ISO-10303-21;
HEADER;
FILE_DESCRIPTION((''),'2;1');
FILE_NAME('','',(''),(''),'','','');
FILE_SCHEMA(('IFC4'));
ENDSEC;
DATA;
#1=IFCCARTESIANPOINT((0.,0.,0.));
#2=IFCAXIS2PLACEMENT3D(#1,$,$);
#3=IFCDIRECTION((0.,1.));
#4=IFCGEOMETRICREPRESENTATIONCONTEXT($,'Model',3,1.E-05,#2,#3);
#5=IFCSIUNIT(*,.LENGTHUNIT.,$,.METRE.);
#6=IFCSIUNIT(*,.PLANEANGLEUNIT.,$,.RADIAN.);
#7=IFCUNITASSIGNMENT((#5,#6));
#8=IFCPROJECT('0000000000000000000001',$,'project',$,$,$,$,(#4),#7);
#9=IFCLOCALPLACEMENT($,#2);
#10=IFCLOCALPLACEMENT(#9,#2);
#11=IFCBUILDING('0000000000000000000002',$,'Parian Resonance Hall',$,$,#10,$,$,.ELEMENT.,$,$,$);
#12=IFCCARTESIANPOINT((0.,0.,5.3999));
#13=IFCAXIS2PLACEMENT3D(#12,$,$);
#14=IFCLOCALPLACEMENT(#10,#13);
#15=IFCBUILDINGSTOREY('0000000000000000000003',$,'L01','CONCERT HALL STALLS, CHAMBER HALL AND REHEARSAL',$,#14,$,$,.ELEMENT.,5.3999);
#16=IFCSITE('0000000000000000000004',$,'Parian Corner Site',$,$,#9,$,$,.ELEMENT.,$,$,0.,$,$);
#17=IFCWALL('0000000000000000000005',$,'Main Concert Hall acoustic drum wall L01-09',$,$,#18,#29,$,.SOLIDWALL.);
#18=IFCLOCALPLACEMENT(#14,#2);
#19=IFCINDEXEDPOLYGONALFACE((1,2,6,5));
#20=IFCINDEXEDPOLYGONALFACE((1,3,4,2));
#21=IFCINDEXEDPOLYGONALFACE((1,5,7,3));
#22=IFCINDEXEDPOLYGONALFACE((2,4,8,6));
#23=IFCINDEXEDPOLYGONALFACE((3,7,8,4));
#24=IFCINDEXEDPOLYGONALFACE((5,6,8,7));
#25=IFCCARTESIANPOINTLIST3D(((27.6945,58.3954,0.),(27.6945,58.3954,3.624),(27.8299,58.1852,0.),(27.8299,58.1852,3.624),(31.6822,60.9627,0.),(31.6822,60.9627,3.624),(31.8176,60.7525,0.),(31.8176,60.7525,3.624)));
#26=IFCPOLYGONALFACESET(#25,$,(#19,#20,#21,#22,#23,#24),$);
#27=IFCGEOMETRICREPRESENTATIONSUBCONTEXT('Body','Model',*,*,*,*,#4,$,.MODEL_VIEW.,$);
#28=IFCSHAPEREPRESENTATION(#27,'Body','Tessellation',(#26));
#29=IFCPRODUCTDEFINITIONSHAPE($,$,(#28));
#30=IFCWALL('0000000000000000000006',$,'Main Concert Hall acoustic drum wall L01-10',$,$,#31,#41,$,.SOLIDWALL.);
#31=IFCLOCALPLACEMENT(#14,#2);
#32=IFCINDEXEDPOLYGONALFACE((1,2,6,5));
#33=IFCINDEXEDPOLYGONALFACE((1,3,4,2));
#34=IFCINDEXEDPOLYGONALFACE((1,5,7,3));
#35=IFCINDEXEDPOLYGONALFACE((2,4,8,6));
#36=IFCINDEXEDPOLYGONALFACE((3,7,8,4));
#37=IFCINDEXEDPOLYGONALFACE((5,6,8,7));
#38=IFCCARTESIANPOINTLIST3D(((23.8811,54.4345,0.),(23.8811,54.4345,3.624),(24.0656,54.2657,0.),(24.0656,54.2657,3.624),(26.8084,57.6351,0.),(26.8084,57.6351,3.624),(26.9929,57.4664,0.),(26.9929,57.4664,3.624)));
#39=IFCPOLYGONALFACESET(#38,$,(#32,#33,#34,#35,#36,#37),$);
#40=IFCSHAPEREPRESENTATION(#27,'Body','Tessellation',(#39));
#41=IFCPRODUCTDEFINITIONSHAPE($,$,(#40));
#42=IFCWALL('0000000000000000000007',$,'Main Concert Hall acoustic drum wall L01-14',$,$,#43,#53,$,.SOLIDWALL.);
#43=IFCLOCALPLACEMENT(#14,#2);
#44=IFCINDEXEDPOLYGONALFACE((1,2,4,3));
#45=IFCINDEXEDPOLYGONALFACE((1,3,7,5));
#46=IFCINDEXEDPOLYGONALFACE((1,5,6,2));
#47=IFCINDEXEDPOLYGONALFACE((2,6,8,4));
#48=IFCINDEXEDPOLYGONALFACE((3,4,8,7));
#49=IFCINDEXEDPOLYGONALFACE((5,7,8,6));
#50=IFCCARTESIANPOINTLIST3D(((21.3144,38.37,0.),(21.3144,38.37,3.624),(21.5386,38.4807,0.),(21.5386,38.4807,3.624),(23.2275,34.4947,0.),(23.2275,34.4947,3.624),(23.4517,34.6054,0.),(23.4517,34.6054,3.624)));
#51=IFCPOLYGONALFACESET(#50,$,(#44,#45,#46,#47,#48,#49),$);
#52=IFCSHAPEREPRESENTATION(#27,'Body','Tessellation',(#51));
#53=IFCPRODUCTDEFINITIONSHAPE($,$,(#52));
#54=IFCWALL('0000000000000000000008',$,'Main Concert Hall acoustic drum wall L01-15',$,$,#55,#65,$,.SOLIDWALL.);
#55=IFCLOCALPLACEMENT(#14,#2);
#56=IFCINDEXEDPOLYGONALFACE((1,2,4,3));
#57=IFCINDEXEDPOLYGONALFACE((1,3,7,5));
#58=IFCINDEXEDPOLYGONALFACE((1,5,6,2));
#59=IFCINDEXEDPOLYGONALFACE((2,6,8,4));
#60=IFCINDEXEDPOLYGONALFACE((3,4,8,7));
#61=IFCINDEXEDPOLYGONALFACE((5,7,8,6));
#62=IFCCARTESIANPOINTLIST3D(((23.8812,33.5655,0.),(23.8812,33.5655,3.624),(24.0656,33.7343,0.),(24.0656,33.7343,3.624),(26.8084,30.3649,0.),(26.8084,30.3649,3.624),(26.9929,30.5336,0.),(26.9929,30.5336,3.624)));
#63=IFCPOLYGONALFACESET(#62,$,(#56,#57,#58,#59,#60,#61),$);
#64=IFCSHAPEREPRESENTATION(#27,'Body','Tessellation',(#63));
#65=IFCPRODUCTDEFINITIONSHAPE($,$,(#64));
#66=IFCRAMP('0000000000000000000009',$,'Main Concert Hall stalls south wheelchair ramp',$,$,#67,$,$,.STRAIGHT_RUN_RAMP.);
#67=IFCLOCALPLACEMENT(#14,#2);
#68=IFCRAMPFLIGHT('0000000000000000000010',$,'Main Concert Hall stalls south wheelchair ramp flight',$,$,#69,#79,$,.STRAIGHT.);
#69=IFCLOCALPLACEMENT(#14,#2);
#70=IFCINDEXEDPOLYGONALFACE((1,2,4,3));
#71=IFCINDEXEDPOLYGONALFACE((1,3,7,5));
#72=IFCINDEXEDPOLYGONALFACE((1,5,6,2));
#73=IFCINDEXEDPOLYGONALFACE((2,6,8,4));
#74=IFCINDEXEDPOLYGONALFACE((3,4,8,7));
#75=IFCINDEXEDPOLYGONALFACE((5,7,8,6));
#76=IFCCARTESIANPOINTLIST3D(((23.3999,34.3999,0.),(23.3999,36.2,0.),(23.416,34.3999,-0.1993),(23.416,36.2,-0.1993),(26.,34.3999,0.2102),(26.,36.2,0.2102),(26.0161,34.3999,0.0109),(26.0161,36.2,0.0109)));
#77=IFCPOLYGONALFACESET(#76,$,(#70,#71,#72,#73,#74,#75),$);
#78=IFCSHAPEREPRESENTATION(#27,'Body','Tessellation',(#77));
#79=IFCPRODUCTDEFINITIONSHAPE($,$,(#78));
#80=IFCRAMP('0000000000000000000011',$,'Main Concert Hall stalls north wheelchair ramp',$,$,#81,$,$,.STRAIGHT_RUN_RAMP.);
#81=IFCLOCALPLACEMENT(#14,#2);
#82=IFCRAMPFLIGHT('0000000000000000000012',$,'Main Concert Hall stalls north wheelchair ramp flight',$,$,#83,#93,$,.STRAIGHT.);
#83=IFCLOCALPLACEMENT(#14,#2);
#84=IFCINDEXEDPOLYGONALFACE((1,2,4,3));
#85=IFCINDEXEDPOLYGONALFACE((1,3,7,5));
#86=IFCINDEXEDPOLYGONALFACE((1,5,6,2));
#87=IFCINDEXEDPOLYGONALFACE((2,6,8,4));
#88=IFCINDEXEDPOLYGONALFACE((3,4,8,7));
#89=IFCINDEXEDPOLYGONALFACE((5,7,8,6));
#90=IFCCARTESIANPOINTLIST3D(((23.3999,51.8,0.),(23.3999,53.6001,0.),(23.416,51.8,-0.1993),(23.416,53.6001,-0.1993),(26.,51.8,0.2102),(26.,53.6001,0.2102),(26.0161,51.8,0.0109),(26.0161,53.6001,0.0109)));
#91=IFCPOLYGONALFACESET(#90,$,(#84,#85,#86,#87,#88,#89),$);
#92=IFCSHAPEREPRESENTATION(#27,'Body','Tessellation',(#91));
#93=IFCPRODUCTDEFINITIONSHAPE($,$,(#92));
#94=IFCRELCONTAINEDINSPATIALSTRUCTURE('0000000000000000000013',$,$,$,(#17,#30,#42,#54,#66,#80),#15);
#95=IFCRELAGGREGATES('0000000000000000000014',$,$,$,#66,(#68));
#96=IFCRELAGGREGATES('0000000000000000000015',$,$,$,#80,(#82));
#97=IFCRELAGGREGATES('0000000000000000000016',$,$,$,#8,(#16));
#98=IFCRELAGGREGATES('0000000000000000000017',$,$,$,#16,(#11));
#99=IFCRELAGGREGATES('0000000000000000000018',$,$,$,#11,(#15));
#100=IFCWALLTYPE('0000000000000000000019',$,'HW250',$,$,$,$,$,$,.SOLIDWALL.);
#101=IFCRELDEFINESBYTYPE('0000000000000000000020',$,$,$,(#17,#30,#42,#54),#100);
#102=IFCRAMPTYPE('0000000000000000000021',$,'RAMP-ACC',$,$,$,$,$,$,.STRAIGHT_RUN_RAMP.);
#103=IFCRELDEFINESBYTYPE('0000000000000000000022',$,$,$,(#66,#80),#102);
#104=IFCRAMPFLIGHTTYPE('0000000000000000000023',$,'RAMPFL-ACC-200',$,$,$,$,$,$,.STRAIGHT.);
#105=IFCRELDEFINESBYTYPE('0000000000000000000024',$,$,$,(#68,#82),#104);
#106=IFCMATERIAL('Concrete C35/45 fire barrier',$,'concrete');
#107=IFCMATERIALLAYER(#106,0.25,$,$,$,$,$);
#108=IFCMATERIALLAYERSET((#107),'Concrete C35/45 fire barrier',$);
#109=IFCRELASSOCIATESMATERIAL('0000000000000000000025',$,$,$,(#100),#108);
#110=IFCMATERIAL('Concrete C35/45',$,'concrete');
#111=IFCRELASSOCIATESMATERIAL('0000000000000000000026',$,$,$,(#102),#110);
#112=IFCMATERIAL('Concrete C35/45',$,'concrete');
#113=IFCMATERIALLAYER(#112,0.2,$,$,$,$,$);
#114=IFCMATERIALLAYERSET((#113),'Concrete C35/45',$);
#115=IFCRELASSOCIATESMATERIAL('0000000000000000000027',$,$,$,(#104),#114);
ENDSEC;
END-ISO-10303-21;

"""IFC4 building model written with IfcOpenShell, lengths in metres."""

from ifc_helpers import new_model, si_unit, direction, frame, frame_2d, origin, place, context, subcontext, project, spatial, polyline, rectangle, outline, extrude, material, layer, layer_set, type_object, element, aggregate, save


model = new_model("IFC4")

# Units and contexts
model_context = context("Model", 3, precision=1e-05, world=origin(), true_north=direction((0.0, 1.0)))
body_context = subcontext(model_context, "Body", "Model", "MODEL_VIEW")
ifc_project = project(units=[si_unit("LENGTHUNIT", "METRE"), si_unit("PLANEANGLEUNIT", "RADIAN")], contexts=[model_context])

# Site, building, storey
site_placement = place(None, origin())
site = spatial("IfcSite", under=ifc_project, at=site_placement, Name="Parian Corner Site", CompositionType="ELEMENT", RefElevation=0.0)
building_placement = place(site_placement, origin())
building = spatial("IfcBuilding", under=site, at=building_placement, Name="Parian Resonance Hall", CompositionType="ELEMENT")
storey_placement = place(building_placement, frame((0.0, 0.0, 5.3999)))
storey = spatial("IfcBuildingStorey", under=building, at=storey_placement, Name="L01", Description="CONCERT HALL STALLS, CHAMBER HALL AND REHEARSAL", CompositionType="ELEMENT", Elevation=5.3999)

# Walls
ifc_material_1 = material(Name="Concrete C35/45 fire barrier", Category="concrete")
ifc_layer_1 = layer(ifc_material_1, 0.25)
ifc_layer_set_1 = layer_set([ifc_layer_1], Name="Concrete C35/45 fire barrier")
wall_type = type_object("IfcWallType", Name="HW250", PredefinedType="SOLIDWALL", material=ifc_layer_set_1)
wall_1_placement = place(storey_placement, frame((27.7622, 58.2903, 0.0), z_axis=(0.0, 0.0, 1.0), x_axis=(0.840814, 0.541325, 0.0)))
element("IfcWall", 1, at=wall_1_placement, inside=storey, type_object=wall_type, Name="Main Concert Hall acoustic drum wall L01-09", PredefinedType="SOLIDWALL", context=body_context, shape_type="SweptSolid", body=[
    extrude(rectangle(XDim=4.7427, YDim=0.25, at=frame_2d((2.3713, 0.0))), origin(), (0.0, 0.0, 1.0), 3.624),
])
wall_2_placement = place(storey_placement, frame((23.9734, 54.3501, 0.0), z_axis=(0.0, 0.0, 1.0), x_axis=(0.674883, 0.737925, 0.0)))
element("IfcWall", 2, at=wall_2_placement, inside=storey, type_object=wall_type, Name="Main Concert Hall acoustic drum wall L01-10", PredefinedType="SOLIDWALL", context=body_context, shape_type="SweptSolid", body=[
    extrude(rectangle(XDim=4.3374, YDim=0.25, at=frame_2d((2.1687, 0.0))), origin(), (0.0, 0.0, 1.0), 3.624),
])
wall_3_placement = place(storey_placement, frame((23.3396, 34.55, 0.0), z_axis=(0.0, 0.0, 1.0), x_axis=(-0.442666, 0.896687, 0.0)))
element("IfcWall", 3, at=wall_3_placement, inside=storey, type_object=wall_type, Name="Main Concert Hall acoustic drum wall L01-14", PredefinedType="SOLIDWALL", context=body_context, shape_type="SweptSolid", body=[
    extrude(rectangle(XDim=4.3218, YDim=0.25, at=frame_2d((2.1609, 0.0))), origin(), (0.0, 0.0, 1.0), 3.624),
])
wall_4_placement = place(storey_placement, frame((26.9006, 30.4492, 0.0), z_axis=(0.0, 0.0, 1.0), x_axis=(-0.674883, 0.737925, 0.0)))
element("IfcWall", 4, at=wall_4_placement, inside=storey, type_object=wall_type, Name="Main Concert Hall acoustic drum wall L01-15", PredefinedType="SOLIDWALL", context=body_context, shape_type="SweptSolid", body=[
    extrude(rectangle(XDim=4.3374, YDim=0.25, at=frame_2d((2.1687, 0.0))), origin(), (0.0, 0.0, 1.0), 3.624),
])

# Ramps, ramp flights
ifc_material_2 = material(Name="Concrete C35/45", Category="concrete")
ramp_type = type_object("IfcRampType", Name="RAMP-ACC", PredefinedType="STRAIGHT_RUN_RAMP", material=ifc_material_2)
ramp_1_placement = place(storey_placement, origin())
ramp_1 = element("IfcRamp", 5, at=ramp_1_placement, inside=storey, type_object=ramp_type, Name="Main Concert Hall stalls south wheelchair ramp", PredefinedType="STRAIGHT_RUN_RAMP")
ifc_material_3 = material(Name="Concrete C35/45", Category="concrete")
ifc_layer_2 = layer(ifc_material_3, 0.2)
ifc_layer_set_2 = layer_set([ifc_layer_2], Name="Concrete C35/45")
ramp_flight_type = type_object("IfcRampFlightType", Name="RAMPFL-ACC-200", PredefinedType="STRAIGHT", material=ifc_layer_set_2)
ramp_flight_1_placement = place(storey_placement, frame((23.3999, 34.3999, 0.0), z_axis=(-0.080582, 0.0, 0.996748), x_axis=(0.0, 1.0, 0.0)))
ramp_flight_1 = element("IfcRampFlight", 6, at=ramp_flight_1_placement, type_object=ramp_flight_type, Name="Main Concert Hall stalls south wheelchair ramp flight", PredefinedType="STRAIGHT", context=body_context, shape_type="SweptSolid", body=[
    extrude(outline(polyline([(0.0, 0.0), (1.8, 0.0), (1.8, -2.6086), (0.0, -2.6086), (0.0, 0.0)])), origin(), (0.0, 0.0, -1.0), 0.2),
])
aggregate(ramp_1, [ramp_flight_1])
ramp_2_placement = place(storey_placement, origin())
ramp_2 = element("IfcRamp", 7, at=ramp_2_placement, inside=storey, type_object=ramp_type, Name="Main Concert Hall stalls north wheelchair ramp", PredefinedType="STRAIGHT_RUN_RAMP")
ramp_flight_2_placement = place(storey_placement, frame((23.3999, 51.8, 0.0), z_axis=(-0.080582, 0.0, 0.996748), x_axis=(0.0, 1.0, 0.0)))
ramp_flight_2 = element("IfcRampFlight", 8, at=ramp_flight_2_placement, type_object=ramp_flight_type, Name="Main Concert Hall stalls north wheelchair ramp flight", PredefinedType="STRAIGHT", context=body_context, shape_type="SweptSolid", body=[
    extrude(outline(polyline([(0.0, 0.0), (1.8, 0.0), (1.8, -2.6086), (0.0, -2.6086), (0.0, 0.0)])), origin(), (0.0, 0.0, -1.0), 0.2),
])
aggregate(ramp_2, [ramp_flight_2])

save(model, "model.ifc")
